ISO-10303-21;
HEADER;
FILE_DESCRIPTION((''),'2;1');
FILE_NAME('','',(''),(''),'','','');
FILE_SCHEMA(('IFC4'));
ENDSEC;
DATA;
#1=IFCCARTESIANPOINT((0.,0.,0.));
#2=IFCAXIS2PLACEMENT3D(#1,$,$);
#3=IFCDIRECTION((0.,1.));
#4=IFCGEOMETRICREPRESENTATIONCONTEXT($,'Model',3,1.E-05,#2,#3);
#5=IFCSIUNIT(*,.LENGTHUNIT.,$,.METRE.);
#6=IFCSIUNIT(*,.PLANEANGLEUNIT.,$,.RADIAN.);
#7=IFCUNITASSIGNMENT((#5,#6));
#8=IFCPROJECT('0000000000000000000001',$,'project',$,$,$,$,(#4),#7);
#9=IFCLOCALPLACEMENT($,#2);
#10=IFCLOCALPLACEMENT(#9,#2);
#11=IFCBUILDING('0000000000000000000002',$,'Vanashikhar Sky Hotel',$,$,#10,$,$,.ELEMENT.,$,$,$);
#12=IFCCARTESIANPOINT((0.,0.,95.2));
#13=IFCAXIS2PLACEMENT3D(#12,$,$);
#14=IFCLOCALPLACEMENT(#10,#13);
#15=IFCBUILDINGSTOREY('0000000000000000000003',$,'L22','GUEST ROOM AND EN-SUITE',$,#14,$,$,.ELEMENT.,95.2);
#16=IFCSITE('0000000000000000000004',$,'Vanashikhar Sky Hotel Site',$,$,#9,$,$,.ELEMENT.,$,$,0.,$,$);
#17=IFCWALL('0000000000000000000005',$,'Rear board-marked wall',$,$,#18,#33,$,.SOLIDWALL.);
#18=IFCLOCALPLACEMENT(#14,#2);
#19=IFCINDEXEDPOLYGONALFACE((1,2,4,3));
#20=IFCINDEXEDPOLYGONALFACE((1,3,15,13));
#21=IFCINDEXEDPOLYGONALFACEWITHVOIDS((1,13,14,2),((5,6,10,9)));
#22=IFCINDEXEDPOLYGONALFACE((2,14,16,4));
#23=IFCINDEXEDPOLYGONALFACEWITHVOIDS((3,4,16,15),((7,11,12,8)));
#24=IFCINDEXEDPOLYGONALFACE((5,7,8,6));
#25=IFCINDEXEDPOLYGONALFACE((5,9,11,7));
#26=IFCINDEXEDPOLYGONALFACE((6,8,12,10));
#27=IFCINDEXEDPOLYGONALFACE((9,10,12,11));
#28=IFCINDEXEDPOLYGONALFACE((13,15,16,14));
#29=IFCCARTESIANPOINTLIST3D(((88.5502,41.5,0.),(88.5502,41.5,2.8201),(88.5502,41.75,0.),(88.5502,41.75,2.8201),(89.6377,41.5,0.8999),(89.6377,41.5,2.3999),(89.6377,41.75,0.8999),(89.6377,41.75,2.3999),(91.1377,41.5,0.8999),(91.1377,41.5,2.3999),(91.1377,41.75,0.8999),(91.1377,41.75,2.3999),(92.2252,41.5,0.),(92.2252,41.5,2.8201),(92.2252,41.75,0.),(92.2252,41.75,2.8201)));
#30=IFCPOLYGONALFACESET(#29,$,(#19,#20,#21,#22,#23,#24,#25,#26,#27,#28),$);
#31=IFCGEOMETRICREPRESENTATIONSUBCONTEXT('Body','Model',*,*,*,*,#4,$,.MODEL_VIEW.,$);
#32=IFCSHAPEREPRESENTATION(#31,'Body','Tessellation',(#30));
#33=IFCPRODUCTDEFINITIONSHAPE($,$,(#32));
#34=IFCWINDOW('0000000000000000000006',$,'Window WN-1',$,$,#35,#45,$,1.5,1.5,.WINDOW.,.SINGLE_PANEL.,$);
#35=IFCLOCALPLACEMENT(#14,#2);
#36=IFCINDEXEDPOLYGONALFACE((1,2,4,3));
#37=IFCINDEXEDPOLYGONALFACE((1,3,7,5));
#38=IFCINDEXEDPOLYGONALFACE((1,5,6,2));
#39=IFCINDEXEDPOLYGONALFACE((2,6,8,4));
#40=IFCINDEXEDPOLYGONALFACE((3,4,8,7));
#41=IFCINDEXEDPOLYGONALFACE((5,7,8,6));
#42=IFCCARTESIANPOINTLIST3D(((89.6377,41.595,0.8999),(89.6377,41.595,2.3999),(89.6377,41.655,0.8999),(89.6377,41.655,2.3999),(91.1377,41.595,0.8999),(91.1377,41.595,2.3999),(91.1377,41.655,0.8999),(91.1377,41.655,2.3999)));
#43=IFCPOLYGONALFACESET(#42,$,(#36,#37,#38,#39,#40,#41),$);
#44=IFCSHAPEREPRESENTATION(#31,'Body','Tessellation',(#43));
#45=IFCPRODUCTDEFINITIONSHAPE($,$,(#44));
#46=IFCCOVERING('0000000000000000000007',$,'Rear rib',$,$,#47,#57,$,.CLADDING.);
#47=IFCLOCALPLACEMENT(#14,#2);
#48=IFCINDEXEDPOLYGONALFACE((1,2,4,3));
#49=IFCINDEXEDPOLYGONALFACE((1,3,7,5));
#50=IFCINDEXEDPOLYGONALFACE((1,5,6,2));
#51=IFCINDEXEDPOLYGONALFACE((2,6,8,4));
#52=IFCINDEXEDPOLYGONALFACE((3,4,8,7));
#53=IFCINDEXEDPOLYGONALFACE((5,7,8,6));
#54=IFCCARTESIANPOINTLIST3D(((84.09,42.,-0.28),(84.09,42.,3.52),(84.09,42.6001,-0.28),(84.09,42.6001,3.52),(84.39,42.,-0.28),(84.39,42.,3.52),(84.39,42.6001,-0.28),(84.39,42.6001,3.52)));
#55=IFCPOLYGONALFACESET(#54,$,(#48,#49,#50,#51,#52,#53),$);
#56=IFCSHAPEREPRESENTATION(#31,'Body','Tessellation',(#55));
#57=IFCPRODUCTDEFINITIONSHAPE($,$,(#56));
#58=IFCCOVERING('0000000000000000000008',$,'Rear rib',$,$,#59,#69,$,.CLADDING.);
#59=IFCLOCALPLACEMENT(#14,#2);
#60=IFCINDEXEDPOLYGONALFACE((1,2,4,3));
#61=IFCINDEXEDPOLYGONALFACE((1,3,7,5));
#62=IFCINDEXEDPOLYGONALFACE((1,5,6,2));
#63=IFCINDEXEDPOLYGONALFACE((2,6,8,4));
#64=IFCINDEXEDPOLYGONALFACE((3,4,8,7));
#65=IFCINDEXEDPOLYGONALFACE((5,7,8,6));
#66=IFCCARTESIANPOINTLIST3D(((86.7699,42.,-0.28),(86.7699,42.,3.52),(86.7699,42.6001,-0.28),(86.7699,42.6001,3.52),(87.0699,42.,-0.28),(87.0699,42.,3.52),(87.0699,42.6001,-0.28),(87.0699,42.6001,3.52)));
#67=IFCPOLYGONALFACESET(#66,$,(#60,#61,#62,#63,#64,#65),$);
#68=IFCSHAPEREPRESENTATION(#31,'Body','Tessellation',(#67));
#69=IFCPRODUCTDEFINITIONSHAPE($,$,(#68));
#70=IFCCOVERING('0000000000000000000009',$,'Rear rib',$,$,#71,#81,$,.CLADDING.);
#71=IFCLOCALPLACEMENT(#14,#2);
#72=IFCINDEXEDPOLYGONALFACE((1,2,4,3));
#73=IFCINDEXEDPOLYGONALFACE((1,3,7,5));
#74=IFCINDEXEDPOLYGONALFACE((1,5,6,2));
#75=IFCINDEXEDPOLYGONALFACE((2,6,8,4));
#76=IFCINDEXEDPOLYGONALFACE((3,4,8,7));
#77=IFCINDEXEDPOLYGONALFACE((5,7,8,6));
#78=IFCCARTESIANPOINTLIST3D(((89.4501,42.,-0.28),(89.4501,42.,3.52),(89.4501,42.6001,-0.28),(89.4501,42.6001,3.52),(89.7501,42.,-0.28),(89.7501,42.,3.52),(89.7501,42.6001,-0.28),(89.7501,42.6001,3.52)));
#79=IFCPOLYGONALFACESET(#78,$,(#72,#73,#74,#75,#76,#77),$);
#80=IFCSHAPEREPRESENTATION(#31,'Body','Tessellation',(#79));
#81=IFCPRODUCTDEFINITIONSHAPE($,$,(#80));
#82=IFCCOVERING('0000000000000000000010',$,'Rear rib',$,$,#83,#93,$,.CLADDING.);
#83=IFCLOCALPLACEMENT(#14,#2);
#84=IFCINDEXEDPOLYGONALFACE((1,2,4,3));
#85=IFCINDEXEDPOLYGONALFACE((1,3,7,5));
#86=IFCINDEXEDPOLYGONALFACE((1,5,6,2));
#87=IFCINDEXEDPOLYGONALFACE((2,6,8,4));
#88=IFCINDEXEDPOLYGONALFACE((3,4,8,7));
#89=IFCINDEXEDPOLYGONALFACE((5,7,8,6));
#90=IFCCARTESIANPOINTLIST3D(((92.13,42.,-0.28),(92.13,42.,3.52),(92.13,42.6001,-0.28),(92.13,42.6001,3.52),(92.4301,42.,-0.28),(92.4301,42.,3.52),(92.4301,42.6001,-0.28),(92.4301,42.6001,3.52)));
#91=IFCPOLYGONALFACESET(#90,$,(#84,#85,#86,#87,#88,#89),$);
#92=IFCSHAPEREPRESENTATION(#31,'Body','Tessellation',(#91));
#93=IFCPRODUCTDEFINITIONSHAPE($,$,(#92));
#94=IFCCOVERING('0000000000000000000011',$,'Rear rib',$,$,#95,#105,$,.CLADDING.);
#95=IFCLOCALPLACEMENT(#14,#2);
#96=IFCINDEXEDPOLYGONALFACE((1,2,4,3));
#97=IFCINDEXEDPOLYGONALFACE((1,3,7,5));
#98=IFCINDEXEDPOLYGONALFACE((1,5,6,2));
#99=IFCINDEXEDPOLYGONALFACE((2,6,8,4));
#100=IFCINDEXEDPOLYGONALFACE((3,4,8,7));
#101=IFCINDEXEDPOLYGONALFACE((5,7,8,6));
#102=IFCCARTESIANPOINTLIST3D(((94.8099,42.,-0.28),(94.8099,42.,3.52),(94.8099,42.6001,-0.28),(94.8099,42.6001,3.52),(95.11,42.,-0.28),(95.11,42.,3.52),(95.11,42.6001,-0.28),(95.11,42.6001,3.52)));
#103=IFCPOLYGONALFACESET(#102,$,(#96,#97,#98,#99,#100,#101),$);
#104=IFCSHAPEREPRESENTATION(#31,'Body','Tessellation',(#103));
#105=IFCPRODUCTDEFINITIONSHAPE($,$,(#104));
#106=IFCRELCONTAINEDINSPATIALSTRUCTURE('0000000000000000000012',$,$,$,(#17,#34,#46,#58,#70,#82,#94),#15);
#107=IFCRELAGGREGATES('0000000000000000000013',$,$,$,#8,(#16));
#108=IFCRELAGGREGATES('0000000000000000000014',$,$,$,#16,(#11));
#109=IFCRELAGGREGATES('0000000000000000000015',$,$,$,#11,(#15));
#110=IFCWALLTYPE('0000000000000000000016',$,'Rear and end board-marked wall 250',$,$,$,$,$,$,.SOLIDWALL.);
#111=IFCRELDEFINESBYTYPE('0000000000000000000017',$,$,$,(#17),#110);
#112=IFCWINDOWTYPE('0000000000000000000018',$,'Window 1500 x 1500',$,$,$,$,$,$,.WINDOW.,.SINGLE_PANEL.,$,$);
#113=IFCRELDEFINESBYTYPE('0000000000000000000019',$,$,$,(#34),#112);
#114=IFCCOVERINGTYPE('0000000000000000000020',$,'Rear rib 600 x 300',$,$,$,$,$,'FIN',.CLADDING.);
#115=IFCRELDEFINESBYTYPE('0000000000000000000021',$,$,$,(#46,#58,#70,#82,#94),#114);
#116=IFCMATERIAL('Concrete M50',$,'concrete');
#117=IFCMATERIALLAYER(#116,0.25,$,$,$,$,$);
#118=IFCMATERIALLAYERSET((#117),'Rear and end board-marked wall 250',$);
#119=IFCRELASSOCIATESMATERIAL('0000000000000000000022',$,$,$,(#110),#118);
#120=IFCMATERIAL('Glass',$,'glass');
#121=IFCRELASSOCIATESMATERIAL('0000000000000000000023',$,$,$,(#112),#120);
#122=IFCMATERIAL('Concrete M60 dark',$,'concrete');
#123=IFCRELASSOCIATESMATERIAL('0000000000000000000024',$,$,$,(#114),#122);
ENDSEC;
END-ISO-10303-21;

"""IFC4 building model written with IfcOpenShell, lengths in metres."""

from ifc_helpers import new_model, si_unit, direction, frame, frame_2d, origin, origin_2d, place, context, subcontext, project, spatial, rectangle, extrude, source, transform, mapped, material, layer, layer_set, material_profile, profile_set, type_object, element, fill, save


model = new_model("IFC4")

# Units and contexts
model_context = context("Model", 3, precision=1e-05, world=origin(), true_north=direction((0.0, 1.0)))
body_context = subcontext(model_context, "Body", "Model", "MODEL_VIEW")
ifc_project = project(units=[si_unit("LENGTHUNIT", "METRE"), si_unit("PLANEANGLEUNIT", "RADIAN")], contexts=[model_context])

# Site, building, storey
site_placement = place(None, origin())
site = spatial("IfcSite", under=ifc_project, at=site_placement, Name="Vanashikhar Sky Hotel Site", CompositionType="ELEMENT", RefElevation=0.0)
building_placement = place(site_placement, origin())
building = spatial("IfcBuilding", under=site, at=building_placement, Name="Vanashikhar Sky Hotel", CompositionType="ELEMENT")
storey_placement = place(building_placement, frame((0.0, 0.0, 95.2)))
storey = spatial("IfcBuildingStorey", under=building, at=storey_placement, Name="L22", Description="GUEST ROOM AND EN-SUITE", CompositionType="ELEMENT", Elevation=95.2)

# Shared definitions
ifc_material_1 = material(Name="Concrete M50", Category="concrete")

# Wall, opening, window
ifc_material_2 = material(Name="Glass", Category="glass")
ifc_layer_1 = layer(ifc_material_1, 0.25)
ifc_layer_set_1 = layer_set([ifc_layer_1], Name="Rear and end board-marked wall 250")
wall_type_1 = type_object("IfcWallType", Name="Rear and end board-marked wall 250", PredefinedType="SOLIDWALL", material=ifc_layer_set_1)
shared_shape_1 = source(origin(), body_context, "Body", "SweptSolid", [
    extrude(rectangle(XDim=1.5, YDim=1.5, at=frame_2d((0.75, 0.75))), frame((0.0, 0.135, 0.0), z_axis=(0.0, -1.0, 0.0), x_axis=(1.0, 0.0, 0.0)), (0.0, 0.0, 1.0), 0.27),
])
window_type_1 = type_object("IfcWindowType", Name="Window 1500 x 1500", PartitioningType="SINGLE_PANEL", PredefinedType="WINDOW", material=ifc_material_2)
shared_shape_2 = source(origin(), body_context, "Body", "SweptSolid", [
    extrude(rectangle(XDim=1.5, YDim=1.5, at=frame_2d((0.75, 0.75))), frame((0.0, 0.03, 0.0), z_axis=(0.0, -1.0, 0.0), x_axis=(1.0, 0.0, 0.0)), (0.0, 0.0, 1.0), 0.0601),
])
shared_shape_3 = source(origin(), body_context, "Body", "SweptSolid", [
    extrude(rectangle(XDim=3.675, YDim=0.25, at=frame_2d((1.8374, 0.0))), origin(), (0.0, 0.0, 1.0), 2.8201),
])
wall_1_placement = place(storey_placement, frame((92.2251, 41.625, 0.0), z_axis=(0.0, 0.0, 1.0), x_axis=(-1.0, 0.0, 0.0)))
wall_1 = element("IfcWall", 1, at=wall_1_placement, inside=storey, type_object=wall_type_1, Name="Rear board-marked wall", PredefinedType="SOLIDWALL", context=body_context, shape_type="MappedRepresentation", body=[
    mapped(shared_shape_3, transform((0.0, 0.0, 0.0), scale=1.0)),
])
opening_1_placement = place(wall_1_placement, frame((1.0874, 0.0, 0.8999)))
opening_1 = element("IfcOpeningElement", 2, at=opening_1_placement, cuts=wall_1, PredefinedType="OPENING", context=body_context, shape_type="MappedRepresentation", body=[
    mapped(shared_shape_1, transform((0.0, 0.0, 0.0), scale=1.0)),
])
window_1_placement = place(opening_1_placement, origin())
window_1 = element("IfcWindow", 3, at=window_1_placement, inside=storey, type_object=window_type_1, Name="Window WN-1", OverallHeight=1.5, OverallWidth=1.5, PartitioningType="SINGLE_PANEL", PredefinedType="WINDOW", context=body_context, shape_type="MappedRepresentation", body=[
    mapped(shared_shape_2, transform((0.0, 0.0, 0.0), scale=1.0)),
])
fill(opening_1, window_1)

# Coverings
ifc_material_3 = material(Name="Concrete M60 dark", Category="concrete")
ifc_material_profile_1 = material_profile(ifc_material_3, rectangle(XDim=0.6001, YDim=0.3, at=origin_2d()))
ifc_profile_set_1 = profile_set([ifc_material_profile_1], Name="Rear rib 600 x 300")
covering_type = type_object("IfcCoveringType", Name="Rear rib 600 x 300", ElementType="FIN", PredefinedType="CLADDING", material=ifc_profile_set_1)
shared_shape_4 = source(origin(), body_context, "Body", "SweptSolid", [
    extrude(rectangle(XDim=0.6001, YDim=0.3, at=origin_2d()), origin(), (0.0, 0.0, 1.0), 3.8),
])
for number, where, z_axis, x_axis, name in (
    (4, (84.24, 42.3, -0.28), (0.0, 0.0, 1.0), (0.0, 1.0, 0.0), "Rear rib"),
    (5, (86.9199, 42.3, -0.28), (0.0, 0.0, 1.0), (0.0, 1.0, 0.0), "Rear rib"),
    (6, (89.6001, 42.3, -0.28), (0.0, 0.0, 1.0), (0.0, 1.0, 0.0), "Rear rib"),
    (7, (92.28, 42.3, -0.28), (0.0, 0.0, 1.0), (0.0, 1.0, 0.0), "Rear rib"),
    (8, (94.96, 42.3, -0.28), (0.0, 0.0, 1.0), (0.0, 1.0, 0.0), "Rear rib"),
):
    element("IfcCovering", number, at=place(storey_placement, frame(where, z_axis=z_axis, x_axis=x_axis)), inside=storey, type_object=covering_type, Name=name, PredefinedType="CLADDING", context=body_context, shape_type="MappedRepresentation", body=[
        mapped(shared_shape_4, transform((0.0, 0.0, 0.0), scale=1.0)),
    ])

save(model, "model.ifc")
